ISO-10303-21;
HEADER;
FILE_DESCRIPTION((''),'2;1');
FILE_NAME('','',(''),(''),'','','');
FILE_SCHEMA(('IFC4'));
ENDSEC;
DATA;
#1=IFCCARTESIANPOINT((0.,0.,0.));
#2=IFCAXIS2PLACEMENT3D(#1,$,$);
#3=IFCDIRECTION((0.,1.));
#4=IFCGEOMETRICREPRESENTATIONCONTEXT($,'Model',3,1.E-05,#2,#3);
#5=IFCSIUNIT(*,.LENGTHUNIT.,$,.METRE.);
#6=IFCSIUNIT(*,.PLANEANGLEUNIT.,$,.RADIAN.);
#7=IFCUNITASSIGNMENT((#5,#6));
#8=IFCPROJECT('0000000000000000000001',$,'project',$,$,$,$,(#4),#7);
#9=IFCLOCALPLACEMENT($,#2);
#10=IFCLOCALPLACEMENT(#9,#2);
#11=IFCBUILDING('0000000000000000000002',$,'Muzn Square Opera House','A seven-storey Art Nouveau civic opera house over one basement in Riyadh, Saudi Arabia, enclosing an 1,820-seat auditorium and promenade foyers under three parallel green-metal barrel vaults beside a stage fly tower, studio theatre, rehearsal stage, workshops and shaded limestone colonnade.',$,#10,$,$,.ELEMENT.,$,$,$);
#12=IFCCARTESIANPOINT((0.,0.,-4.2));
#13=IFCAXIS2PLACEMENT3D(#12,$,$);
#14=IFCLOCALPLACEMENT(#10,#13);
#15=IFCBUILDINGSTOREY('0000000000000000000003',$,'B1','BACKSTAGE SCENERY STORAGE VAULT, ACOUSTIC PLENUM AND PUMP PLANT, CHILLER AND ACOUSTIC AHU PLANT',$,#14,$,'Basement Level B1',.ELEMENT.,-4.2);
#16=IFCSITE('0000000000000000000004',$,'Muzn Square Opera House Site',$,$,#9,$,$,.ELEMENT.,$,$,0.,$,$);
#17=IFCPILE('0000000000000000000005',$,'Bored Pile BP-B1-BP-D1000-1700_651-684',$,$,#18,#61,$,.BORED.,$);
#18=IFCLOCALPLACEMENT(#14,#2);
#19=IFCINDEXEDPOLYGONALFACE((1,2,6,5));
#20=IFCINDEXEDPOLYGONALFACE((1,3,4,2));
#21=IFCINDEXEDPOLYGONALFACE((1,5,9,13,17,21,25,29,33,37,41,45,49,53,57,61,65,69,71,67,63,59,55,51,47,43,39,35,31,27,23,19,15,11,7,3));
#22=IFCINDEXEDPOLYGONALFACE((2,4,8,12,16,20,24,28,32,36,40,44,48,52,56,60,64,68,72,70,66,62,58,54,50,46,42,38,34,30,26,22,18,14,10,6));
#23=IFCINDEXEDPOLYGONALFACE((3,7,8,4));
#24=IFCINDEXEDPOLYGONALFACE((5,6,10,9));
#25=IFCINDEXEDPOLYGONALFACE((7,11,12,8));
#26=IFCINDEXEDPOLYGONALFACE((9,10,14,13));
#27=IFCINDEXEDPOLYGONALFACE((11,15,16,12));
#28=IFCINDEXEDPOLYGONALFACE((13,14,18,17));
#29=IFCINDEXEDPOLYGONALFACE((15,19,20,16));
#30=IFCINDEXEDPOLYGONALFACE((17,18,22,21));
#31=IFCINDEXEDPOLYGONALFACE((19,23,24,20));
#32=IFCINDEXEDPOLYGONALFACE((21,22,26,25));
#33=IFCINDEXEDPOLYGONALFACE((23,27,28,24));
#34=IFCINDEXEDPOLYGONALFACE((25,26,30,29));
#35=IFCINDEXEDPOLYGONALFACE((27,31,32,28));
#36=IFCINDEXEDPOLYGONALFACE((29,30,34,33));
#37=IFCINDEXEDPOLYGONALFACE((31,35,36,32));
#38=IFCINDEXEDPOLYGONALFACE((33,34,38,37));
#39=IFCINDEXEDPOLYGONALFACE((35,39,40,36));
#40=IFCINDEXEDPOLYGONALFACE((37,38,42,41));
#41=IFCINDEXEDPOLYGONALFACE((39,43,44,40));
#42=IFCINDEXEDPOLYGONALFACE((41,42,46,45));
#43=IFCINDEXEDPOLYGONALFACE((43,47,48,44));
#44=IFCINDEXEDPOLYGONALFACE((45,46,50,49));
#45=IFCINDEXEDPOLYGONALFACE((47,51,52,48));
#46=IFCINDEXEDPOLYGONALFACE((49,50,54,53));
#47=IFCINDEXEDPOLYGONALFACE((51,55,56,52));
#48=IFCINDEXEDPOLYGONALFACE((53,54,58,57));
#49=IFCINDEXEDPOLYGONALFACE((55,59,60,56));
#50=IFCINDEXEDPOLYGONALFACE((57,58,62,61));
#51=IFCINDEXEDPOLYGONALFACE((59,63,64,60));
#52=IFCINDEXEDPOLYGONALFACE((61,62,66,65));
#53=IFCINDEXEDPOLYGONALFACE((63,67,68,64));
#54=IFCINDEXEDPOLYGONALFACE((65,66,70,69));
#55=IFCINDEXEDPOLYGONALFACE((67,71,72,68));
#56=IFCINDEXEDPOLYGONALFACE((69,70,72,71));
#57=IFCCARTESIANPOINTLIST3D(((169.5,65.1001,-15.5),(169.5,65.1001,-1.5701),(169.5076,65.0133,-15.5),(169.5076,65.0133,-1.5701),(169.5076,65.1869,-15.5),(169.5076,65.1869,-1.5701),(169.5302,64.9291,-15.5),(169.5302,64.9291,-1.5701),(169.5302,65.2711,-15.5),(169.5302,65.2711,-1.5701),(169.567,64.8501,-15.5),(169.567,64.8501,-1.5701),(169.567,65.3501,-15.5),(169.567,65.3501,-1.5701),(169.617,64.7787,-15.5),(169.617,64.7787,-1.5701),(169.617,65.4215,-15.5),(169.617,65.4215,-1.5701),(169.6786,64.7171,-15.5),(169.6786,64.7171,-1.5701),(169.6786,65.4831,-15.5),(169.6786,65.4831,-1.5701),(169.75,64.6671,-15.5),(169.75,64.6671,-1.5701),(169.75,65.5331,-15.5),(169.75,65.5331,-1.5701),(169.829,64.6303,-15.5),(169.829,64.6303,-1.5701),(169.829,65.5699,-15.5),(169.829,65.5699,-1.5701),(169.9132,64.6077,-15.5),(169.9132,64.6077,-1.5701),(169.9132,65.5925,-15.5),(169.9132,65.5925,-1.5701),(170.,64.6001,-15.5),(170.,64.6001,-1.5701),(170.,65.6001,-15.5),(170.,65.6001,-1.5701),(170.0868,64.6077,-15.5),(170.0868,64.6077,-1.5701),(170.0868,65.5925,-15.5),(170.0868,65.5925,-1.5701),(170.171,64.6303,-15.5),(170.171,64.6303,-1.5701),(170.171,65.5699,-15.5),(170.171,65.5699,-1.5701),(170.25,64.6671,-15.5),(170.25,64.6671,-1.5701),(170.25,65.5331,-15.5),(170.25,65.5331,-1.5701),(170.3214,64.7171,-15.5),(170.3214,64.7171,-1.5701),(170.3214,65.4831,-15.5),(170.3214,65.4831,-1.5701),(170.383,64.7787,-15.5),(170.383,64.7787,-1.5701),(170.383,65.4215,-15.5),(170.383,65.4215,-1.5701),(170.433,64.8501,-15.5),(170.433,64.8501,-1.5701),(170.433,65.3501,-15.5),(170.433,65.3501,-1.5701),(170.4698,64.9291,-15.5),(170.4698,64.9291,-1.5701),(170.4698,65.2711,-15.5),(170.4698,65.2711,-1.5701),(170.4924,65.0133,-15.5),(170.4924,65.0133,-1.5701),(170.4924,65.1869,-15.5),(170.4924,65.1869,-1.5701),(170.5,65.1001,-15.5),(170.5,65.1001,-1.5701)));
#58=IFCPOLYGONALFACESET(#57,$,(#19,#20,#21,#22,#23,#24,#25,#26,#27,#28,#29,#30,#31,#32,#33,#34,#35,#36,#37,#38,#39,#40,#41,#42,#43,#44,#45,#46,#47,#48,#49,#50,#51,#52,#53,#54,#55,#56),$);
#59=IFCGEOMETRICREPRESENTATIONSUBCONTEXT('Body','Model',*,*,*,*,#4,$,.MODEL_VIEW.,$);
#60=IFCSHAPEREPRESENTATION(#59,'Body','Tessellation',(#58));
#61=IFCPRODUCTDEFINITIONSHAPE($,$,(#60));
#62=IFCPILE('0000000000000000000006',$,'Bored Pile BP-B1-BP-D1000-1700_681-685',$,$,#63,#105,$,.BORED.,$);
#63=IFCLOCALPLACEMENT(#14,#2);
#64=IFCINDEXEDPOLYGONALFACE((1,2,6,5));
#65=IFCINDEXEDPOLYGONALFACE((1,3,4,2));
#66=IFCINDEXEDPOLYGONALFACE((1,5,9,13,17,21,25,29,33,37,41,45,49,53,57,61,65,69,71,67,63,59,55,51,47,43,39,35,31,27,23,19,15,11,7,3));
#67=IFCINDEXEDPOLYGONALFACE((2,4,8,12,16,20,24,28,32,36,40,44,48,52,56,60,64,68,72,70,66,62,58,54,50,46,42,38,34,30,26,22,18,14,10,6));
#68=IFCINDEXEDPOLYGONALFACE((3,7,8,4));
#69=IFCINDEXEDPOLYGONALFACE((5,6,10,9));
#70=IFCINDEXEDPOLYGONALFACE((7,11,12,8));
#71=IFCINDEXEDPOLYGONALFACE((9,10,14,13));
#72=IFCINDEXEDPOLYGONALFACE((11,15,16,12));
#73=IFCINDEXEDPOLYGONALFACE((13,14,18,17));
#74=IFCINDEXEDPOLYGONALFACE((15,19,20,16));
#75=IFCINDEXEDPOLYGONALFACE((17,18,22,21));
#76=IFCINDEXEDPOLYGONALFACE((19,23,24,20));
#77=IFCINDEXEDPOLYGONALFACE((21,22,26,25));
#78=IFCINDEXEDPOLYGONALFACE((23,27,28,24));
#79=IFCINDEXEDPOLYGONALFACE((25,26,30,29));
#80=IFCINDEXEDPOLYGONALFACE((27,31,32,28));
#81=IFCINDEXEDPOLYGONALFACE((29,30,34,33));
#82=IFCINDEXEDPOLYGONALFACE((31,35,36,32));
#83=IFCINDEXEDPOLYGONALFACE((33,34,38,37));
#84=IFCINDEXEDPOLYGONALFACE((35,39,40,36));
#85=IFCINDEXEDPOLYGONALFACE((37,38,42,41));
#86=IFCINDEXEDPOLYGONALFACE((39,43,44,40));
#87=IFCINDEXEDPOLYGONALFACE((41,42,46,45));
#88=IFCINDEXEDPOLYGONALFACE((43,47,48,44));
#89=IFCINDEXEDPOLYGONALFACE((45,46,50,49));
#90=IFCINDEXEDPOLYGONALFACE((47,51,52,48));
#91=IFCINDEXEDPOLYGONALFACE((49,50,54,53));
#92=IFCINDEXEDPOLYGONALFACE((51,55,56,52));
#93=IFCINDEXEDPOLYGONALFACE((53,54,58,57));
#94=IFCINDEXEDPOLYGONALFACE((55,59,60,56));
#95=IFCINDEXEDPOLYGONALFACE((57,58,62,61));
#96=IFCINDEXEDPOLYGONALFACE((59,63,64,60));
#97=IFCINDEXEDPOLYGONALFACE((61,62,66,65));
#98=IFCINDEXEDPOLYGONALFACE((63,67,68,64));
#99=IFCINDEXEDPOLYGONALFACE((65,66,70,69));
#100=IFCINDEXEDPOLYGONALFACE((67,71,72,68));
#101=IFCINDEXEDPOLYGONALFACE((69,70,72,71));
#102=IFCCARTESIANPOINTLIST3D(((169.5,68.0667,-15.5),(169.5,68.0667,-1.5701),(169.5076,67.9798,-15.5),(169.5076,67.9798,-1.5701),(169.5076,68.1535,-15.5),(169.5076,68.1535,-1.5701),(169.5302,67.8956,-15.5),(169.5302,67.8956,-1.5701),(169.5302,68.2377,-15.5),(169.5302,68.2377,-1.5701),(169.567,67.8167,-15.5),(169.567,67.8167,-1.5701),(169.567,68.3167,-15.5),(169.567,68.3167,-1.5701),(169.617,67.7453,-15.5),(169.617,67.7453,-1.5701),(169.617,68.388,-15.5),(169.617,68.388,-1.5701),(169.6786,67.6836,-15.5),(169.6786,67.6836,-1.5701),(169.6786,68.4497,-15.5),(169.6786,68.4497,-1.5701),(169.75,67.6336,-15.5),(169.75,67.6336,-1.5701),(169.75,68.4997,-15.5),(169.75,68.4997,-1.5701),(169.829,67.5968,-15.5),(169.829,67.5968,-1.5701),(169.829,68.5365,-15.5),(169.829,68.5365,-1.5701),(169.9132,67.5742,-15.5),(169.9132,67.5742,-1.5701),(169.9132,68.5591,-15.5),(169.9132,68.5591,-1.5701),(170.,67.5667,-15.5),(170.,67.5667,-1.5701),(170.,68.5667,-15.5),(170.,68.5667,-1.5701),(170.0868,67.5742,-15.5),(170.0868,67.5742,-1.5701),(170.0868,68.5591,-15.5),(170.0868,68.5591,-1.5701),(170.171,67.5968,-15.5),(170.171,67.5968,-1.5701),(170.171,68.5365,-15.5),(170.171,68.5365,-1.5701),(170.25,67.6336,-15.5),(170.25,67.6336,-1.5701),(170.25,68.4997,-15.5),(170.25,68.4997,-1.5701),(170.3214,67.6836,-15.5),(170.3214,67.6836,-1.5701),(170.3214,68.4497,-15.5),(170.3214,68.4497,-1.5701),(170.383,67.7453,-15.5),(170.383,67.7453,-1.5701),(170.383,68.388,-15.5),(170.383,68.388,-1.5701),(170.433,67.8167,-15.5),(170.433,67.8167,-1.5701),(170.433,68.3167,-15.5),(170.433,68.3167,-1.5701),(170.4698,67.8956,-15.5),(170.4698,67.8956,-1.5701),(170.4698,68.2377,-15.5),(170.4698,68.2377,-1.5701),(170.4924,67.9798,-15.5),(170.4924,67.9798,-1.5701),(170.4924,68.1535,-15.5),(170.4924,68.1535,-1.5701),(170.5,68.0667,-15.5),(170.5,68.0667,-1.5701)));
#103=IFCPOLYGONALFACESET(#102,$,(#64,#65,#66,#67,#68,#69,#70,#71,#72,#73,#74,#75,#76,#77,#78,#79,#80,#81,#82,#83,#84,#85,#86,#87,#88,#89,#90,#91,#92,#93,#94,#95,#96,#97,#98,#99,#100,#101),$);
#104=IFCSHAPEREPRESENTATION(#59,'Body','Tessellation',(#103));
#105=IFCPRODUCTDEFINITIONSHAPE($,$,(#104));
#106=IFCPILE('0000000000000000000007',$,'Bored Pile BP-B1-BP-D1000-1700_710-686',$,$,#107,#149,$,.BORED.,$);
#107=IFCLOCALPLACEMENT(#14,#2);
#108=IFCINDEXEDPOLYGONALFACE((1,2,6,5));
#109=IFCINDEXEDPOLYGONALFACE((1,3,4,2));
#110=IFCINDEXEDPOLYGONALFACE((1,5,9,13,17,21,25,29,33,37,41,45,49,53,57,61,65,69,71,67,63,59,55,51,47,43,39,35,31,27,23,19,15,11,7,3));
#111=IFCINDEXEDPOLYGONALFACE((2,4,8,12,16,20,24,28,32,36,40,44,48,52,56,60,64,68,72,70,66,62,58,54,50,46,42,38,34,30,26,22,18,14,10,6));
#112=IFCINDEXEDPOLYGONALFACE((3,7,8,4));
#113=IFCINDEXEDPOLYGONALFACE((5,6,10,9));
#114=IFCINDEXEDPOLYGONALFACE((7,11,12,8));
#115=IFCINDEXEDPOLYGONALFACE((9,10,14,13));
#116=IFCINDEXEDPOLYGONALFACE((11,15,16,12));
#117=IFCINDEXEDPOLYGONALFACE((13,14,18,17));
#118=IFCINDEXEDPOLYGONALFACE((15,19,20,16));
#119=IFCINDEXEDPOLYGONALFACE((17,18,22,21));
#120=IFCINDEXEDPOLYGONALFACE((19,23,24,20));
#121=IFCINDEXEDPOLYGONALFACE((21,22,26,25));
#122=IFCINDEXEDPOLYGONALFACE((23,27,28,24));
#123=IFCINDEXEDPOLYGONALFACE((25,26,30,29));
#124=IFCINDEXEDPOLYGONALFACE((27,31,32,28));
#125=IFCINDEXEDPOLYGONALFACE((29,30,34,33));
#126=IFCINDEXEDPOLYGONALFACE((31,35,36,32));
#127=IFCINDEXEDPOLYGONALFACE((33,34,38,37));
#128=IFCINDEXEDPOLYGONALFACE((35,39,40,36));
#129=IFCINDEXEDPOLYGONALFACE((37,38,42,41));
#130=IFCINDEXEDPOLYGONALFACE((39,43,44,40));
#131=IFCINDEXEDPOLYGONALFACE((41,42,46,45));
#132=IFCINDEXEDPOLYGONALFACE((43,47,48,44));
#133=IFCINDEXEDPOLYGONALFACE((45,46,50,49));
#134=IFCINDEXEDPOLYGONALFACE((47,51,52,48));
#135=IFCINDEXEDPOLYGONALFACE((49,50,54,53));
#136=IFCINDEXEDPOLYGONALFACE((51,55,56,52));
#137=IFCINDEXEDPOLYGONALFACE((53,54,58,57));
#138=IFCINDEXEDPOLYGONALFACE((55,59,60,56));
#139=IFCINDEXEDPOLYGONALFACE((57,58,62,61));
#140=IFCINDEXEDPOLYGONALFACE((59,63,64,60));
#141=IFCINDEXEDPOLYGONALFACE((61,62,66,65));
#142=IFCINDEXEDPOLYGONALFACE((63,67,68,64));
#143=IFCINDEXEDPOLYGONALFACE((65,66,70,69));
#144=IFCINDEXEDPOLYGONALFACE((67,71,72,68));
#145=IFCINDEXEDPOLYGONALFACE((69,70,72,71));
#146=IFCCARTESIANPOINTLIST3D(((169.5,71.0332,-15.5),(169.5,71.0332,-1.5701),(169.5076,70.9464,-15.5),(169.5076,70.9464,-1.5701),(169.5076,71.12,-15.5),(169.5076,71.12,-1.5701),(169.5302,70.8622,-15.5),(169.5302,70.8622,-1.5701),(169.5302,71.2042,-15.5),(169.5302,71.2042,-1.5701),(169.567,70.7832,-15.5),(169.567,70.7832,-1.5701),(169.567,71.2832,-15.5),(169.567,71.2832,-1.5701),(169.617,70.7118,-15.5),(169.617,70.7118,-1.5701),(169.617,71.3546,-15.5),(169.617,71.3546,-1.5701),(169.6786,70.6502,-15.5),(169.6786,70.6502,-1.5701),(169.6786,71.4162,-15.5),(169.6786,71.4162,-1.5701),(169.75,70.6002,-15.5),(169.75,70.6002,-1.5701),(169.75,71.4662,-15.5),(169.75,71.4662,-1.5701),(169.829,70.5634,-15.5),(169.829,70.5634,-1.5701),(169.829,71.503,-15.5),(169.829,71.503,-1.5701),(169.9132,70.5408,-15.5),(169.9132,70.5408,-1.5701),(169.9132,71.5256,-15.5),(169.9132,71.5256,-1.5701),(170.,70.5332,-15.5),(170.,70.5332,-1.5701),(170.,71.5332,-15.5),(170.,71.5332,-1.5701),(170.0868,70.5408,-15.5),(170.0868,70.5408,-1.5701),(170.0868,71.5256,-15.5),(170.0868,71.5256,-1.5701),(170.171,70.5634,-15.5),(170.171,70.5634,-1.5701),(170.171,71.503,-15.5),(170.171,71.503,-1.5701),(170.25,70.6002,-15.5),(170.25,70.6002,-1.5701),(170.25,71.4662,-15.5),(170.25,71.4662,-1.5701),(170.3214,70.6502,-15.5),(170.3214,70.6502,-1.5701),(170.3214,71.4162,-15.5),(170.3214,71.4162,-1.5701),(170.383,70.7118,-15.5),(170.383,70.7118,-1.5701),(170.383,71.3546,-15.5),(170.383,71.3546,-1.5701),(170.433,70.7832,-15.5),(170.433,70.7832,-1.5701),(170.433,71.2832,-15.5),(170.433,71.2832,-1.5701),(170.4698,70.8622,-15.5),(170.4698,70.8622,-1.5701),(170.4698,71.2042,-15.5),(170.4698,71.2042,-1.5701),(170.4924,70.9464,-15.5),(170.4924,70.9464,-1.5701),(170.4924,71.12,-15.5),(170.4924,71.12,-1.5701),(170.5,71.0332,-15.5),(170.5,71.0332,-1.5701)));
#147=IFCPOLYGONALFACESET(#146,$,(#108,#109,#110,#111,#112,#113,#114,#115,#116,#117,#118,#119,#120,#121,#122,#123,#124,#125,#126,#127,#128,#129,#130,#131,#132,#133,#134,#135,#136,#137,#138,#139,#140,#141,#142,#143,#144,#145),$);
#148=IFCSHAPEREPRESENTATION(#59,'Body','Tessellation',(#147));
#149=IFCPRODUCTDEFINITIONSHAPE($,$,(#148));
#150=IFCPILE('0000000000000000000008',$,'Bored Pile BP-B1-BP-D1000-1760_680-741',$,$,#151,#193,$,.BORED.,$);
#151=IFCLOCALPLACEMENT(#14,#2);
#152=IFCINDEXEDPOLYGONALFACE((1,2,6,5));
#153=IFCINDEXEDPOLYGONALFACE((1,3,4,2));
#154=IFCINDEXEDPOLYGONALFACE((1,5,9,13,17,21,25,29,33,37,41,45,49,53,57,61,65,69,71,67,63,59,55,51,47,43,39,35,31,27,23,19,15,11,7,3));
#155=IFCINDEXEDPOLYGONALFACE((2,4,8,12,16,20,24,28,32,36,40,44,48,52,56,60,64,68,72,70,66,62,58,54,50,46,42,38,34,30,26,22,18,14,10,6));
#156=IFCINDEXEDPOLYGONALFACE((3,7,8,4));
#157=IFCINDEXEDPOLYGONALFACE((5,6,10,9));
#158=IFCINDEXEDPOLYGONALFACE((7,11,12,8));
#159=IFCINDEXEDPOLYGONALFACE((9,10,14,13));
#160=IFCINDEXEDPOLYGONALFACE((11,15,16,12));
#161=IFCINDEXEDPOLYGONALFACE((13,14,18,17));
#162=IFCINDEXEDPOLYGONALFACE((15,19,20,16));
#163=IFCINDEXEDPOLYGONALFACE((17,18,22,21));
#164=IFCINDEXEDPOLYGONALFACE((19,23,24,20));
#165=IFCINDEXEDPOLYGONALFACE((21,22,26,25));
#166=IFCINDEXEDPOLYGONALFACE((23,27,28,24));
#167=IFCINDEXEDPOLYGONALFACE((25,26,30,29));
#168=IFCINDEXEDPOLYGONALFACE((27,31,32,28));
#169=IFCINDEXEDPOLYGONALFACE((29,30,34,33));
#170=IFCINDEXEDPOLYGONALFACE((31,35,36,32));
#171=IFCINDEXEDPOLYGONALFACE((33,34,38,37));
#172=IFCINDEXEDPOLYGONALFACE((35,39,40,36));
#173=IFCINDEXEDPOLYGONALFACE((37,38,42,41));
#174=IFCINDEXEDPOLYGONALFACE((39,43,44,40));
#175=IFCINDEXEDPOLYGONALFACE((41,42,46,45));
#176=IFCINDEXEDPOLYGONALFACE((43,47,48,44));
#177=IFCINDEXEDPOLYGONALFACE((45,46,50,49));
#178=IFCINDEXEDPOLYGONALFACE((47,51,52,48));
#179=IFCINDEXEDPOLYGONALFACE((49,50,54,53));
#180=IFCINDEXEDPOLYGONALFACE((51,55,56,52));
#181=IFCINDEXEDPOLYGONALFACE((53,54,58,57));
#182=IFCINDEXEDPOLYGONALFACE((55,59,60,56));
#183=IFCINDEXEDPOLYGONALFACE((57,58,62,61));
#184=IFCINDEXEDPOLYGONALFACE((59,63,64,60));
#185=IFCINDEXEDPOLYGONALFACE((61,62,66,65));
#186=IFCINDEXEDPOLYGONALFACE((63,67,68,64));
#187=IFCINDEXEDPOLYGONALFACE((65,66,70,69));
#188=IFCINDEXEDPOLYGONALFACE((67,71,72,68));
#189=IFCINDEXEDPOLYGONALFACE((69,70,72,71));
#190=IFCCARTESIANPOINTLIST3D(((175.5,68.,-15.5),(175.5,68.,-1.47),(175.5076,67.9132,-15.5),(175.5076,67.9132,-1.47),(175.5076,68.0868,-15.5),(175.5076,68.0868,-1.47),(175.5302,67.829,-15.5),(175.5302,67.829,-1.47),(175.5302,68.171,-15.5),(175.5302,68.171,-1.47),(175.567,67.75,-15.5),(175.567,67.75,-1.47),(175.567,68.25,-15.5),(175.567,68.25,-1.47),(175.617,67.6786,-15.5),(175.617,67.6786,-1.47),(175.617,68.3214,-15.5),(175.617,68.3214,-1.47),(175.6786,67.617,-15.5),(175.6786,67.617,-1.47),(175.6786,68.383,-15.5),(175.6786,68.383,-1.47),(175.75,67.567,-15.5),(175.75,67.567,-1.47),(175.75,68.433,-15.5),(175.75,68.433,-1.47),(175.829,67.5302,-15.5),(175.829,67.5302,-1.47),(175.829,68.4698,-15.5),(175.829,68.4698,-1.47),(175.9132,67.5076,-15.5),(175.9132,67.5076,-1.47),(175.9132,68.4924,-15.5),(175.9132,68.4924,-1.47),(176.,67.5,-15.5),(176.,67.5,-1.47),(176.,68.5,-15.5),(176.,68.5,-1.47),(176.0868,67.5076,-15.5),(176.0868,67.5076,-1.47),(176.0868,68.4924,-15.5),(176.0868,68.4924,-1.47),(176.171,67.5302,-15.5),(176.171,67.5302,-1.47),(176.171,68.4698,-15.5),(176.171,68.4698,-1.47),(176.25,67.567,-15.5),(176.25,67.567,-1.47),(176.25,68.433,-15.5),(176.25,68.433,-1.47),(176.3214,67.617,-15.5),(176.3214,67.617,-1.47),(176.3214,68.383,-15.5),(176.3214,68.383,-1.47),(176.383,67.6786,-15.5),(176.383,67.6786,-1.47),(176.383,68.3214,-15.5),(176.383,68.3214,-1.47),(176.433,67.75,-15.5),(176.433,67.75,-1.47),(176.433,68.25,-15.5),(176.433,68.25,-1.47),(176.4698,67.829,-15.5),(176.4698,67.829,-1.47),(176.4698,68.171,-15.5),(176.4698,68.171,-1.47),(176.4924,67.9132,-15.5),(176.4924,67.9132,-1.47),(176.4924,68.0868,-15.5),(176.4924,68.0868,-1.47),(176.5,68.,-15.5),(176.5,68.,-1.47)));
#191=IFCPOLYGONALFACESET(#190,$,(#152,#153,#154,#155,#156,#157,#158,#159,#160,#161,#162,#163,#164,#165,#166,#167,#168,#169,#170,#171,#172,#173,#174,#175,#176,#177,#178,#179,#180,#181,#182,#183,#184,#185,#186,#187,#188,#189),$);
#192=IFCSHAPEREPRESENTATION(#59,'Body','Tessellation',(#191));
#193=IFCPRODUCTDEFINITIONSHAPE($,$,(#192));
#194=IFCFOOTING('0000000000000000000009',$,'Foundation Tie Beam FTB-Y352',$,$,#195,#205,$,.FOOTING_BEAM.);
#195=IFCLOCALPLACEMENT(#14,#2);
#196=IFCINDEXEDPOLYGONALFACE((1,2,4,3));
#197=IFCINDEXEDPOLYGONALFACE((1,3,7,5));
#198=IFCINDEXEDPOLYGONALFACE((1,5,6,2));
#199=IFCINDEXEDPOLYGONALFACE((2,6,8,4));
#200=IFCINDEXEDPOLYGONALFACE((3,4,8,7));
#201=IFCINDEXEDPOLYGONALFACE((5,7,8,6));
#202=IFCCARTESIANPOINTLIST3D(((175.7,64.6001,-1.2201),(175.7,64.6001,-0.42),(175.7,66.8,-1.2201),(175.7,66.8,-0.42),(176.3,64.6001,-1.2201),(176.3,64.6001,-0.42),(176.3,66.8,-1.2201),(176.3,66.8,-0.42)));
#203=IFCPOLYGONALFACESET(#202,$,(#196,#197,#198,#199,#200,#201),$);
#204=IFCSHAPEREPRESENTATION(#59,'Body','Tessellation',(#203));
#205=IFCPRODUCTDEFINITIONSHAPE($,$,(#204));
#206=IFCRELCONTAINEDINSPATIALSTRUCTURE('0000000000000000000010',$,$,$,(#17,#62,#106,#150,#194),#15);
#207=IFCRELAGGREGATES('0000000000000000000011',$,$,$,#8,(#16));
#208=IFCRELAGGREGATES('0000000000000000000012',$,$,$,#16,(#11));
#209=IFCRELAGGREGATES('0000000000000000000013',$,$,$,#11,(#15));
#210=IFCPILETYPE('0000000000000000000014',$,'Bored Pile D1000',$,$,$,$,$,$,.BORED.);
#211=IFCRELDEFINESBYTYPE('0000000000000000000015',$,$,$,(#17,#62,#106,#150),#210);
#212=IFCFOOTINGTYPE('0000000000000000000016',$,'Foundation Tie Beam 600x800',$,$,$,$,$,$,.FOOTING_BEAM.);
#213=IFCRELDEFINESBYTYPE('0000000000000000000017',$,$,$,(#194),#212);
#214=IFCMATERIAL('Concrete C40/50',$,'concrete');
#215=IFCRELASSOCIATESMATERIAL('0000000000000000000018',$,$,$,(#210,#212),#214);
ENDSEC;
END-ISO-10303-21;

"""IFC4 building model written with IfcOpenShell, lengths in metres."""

from ifc_helpers import new_model, si_unit, direction, frame, origin, origin_2d, place, context, subcontext, project, spatial, rectangle, circle, extrude, material, material_profile, profile_set, type_object, element, save


model = new_model("IFC4")

# Units and contexts
model_context = context("Model", 3, precision=1e-05, world=origin(), true_north=direction((0.0, 1.0)))
body_context = subcontext(model_context, "Body", "Model", "MODEL_VIEW")
ifc_project = project(units=[si_unit("LENGTHUNIT", "METRE"), si_unit("PLANEANGLEUNIT", "RADIAN")], contexts=[model_context])

# Site, building, storey
site_placement = place(None, origin())
site = spatial("IfcSite", under=ifc_project, at=site_placement, Name="Muzn Square Opera House Site", CompositionType="ELEMENT", RefElevation=0.0)
building_placement = place(site_placement, origin())
building = spatial("IfcBuilding", under=site, at=building_placement, Name="Muzn Square Opera House", Description="A seven-storey Art Nouveau civic opera house over one basement in Riyadh, Saudi Arabia, enclosing an 1,820-seat auditorium and promenade foyers under three parallel green-metal barrel vaults beside a stage fly tower, studio theatre, rehearsal stage, workshops and shaded limestone colonnade.", CompositionType="ELEMENT")
storey_placement = place(building_placement, frame((0.0, 0.0, -4.2)))
storey = spatial("IfcBuildingStorey", under=building, at=storey_placement, Name="B1", Description="BACKSTAGE SCENERY STORAGE VAULT, ACOUSTIC PLENUM AND PUMP PLANT, CHILLER AND ACOUSTIC AHU PLANT", LongName="Basement Level B1", CompositionType="ELEMENT", Elevation=-4.2)

# Piles
ifc_material_1 = material(Name="Concrete C40/50", Category="concrete")
ifc_material_profile_1 = material_profile(ifc_material_1, circle(Radius=0.5, at=origin_2d()), Name="BORED PILE D1000", Category="concrete")
ifc_profile_set_1 = profile_set([ifc_material_profile_1], Name="Concrete C40/50")
pile_type = type_object("IfcPileType", Name="Bored Pile D1000", PredefinedType="BORED", material=ifc_profile_set_1)
for number, where, z_axis, x_axis, name in (
    (1, (170.0, 65.1001, -1.5701), (0.0, 0.0, -1.0), (1.0, 0.0, 0.0), "Bored Pile BP-B1-BP-D1000-1700_651-684"),
    (2, (170.0, 68.0667, -1.5701), (0.0, 0.0, -1.0), (1.0, 0.0, 0.0), "Bored Pile BP-B1-BP-D1000-1700_681-685"),
    (3, (170.0, 71.0332, -1.5701), (0.0, 0.0, -1.0), (1.0, 0.0, 0.0), "Bored Pile BP-B1-BP-D1000-1700_710-686"),
):
    element("IfcPile", number, at=place(storey_placement, frame(where, z_axis=z_axis, x_axis=x_axis)), inside=storey, type_object=pile_type, Name=name, PredefinedType="BORED", context=body_context, shape_type="SweptSolid", body=[
        extrude(circle(Radius=0.5, at=origin_2d()), origin(), (0.0, 0.0, 1.0), 13.9299),
    ])
pile_placement = place(storey_placement, frame((176.0, 68.0, -1.47), z_axis=(0.0, 0.0, -1.0), x_axis=(1.0, 0.0, 0.0)))
element("IfcPile", 4, at=pile_placement, inside=storey, type_object=pile_type, Name="Bored Pile BP-B1-BP-D1000-1760_680-741", PredefinedType="BORED", context=body_context, shape_type="SweptSolid", body=[
    extrude(circle(Radius=0.5, at=origin_2d()), origin(), (0.0, 0.0, 1.0), 14.03),
])

# Footing
ifc_material_profile_2 = material_profile(ifc_material_1, rectangle(XDim=0.6001, YDim=0.8, at=origin_2d()), Name="RCTB 600x800", Category="concrete")
ifc_profile_set_2 = profile_set([ifc_material_profile_2], Name="Concrete C40/50")
footing_type_1 = type_object("IfcFootingType", Name="Foundation Tie Beam 600x800", PredefinedType="FOOTING_BEAM", material=ifc_profile_set_2)
for number, where, z_axis, x_axis, name in (
    (5, (176.0, 64.6001, -0.8201), (0.0, 1.0, 0.0), (-1.0, 0.0, 0.0), "Foundation Tie Beam FTB-Y352"),
):
    element("IfcFooting", number, at=place(storey_placement, frame(where, z_axis=z_axis, x_axis=x_axis)), inside=storey, type_object=footing_type_1, Name=name, PredefinedType="FOOTING_BEAM", context=body_context, shape_type="SweptSolid", body=[
        extrude(rectangle(XDim=0.6001, YDim=0.8, at=origin_2d()), origin(), (0.0, 0.0, 1.0), 2.2),
    ])

save(model, "model.ifc")
